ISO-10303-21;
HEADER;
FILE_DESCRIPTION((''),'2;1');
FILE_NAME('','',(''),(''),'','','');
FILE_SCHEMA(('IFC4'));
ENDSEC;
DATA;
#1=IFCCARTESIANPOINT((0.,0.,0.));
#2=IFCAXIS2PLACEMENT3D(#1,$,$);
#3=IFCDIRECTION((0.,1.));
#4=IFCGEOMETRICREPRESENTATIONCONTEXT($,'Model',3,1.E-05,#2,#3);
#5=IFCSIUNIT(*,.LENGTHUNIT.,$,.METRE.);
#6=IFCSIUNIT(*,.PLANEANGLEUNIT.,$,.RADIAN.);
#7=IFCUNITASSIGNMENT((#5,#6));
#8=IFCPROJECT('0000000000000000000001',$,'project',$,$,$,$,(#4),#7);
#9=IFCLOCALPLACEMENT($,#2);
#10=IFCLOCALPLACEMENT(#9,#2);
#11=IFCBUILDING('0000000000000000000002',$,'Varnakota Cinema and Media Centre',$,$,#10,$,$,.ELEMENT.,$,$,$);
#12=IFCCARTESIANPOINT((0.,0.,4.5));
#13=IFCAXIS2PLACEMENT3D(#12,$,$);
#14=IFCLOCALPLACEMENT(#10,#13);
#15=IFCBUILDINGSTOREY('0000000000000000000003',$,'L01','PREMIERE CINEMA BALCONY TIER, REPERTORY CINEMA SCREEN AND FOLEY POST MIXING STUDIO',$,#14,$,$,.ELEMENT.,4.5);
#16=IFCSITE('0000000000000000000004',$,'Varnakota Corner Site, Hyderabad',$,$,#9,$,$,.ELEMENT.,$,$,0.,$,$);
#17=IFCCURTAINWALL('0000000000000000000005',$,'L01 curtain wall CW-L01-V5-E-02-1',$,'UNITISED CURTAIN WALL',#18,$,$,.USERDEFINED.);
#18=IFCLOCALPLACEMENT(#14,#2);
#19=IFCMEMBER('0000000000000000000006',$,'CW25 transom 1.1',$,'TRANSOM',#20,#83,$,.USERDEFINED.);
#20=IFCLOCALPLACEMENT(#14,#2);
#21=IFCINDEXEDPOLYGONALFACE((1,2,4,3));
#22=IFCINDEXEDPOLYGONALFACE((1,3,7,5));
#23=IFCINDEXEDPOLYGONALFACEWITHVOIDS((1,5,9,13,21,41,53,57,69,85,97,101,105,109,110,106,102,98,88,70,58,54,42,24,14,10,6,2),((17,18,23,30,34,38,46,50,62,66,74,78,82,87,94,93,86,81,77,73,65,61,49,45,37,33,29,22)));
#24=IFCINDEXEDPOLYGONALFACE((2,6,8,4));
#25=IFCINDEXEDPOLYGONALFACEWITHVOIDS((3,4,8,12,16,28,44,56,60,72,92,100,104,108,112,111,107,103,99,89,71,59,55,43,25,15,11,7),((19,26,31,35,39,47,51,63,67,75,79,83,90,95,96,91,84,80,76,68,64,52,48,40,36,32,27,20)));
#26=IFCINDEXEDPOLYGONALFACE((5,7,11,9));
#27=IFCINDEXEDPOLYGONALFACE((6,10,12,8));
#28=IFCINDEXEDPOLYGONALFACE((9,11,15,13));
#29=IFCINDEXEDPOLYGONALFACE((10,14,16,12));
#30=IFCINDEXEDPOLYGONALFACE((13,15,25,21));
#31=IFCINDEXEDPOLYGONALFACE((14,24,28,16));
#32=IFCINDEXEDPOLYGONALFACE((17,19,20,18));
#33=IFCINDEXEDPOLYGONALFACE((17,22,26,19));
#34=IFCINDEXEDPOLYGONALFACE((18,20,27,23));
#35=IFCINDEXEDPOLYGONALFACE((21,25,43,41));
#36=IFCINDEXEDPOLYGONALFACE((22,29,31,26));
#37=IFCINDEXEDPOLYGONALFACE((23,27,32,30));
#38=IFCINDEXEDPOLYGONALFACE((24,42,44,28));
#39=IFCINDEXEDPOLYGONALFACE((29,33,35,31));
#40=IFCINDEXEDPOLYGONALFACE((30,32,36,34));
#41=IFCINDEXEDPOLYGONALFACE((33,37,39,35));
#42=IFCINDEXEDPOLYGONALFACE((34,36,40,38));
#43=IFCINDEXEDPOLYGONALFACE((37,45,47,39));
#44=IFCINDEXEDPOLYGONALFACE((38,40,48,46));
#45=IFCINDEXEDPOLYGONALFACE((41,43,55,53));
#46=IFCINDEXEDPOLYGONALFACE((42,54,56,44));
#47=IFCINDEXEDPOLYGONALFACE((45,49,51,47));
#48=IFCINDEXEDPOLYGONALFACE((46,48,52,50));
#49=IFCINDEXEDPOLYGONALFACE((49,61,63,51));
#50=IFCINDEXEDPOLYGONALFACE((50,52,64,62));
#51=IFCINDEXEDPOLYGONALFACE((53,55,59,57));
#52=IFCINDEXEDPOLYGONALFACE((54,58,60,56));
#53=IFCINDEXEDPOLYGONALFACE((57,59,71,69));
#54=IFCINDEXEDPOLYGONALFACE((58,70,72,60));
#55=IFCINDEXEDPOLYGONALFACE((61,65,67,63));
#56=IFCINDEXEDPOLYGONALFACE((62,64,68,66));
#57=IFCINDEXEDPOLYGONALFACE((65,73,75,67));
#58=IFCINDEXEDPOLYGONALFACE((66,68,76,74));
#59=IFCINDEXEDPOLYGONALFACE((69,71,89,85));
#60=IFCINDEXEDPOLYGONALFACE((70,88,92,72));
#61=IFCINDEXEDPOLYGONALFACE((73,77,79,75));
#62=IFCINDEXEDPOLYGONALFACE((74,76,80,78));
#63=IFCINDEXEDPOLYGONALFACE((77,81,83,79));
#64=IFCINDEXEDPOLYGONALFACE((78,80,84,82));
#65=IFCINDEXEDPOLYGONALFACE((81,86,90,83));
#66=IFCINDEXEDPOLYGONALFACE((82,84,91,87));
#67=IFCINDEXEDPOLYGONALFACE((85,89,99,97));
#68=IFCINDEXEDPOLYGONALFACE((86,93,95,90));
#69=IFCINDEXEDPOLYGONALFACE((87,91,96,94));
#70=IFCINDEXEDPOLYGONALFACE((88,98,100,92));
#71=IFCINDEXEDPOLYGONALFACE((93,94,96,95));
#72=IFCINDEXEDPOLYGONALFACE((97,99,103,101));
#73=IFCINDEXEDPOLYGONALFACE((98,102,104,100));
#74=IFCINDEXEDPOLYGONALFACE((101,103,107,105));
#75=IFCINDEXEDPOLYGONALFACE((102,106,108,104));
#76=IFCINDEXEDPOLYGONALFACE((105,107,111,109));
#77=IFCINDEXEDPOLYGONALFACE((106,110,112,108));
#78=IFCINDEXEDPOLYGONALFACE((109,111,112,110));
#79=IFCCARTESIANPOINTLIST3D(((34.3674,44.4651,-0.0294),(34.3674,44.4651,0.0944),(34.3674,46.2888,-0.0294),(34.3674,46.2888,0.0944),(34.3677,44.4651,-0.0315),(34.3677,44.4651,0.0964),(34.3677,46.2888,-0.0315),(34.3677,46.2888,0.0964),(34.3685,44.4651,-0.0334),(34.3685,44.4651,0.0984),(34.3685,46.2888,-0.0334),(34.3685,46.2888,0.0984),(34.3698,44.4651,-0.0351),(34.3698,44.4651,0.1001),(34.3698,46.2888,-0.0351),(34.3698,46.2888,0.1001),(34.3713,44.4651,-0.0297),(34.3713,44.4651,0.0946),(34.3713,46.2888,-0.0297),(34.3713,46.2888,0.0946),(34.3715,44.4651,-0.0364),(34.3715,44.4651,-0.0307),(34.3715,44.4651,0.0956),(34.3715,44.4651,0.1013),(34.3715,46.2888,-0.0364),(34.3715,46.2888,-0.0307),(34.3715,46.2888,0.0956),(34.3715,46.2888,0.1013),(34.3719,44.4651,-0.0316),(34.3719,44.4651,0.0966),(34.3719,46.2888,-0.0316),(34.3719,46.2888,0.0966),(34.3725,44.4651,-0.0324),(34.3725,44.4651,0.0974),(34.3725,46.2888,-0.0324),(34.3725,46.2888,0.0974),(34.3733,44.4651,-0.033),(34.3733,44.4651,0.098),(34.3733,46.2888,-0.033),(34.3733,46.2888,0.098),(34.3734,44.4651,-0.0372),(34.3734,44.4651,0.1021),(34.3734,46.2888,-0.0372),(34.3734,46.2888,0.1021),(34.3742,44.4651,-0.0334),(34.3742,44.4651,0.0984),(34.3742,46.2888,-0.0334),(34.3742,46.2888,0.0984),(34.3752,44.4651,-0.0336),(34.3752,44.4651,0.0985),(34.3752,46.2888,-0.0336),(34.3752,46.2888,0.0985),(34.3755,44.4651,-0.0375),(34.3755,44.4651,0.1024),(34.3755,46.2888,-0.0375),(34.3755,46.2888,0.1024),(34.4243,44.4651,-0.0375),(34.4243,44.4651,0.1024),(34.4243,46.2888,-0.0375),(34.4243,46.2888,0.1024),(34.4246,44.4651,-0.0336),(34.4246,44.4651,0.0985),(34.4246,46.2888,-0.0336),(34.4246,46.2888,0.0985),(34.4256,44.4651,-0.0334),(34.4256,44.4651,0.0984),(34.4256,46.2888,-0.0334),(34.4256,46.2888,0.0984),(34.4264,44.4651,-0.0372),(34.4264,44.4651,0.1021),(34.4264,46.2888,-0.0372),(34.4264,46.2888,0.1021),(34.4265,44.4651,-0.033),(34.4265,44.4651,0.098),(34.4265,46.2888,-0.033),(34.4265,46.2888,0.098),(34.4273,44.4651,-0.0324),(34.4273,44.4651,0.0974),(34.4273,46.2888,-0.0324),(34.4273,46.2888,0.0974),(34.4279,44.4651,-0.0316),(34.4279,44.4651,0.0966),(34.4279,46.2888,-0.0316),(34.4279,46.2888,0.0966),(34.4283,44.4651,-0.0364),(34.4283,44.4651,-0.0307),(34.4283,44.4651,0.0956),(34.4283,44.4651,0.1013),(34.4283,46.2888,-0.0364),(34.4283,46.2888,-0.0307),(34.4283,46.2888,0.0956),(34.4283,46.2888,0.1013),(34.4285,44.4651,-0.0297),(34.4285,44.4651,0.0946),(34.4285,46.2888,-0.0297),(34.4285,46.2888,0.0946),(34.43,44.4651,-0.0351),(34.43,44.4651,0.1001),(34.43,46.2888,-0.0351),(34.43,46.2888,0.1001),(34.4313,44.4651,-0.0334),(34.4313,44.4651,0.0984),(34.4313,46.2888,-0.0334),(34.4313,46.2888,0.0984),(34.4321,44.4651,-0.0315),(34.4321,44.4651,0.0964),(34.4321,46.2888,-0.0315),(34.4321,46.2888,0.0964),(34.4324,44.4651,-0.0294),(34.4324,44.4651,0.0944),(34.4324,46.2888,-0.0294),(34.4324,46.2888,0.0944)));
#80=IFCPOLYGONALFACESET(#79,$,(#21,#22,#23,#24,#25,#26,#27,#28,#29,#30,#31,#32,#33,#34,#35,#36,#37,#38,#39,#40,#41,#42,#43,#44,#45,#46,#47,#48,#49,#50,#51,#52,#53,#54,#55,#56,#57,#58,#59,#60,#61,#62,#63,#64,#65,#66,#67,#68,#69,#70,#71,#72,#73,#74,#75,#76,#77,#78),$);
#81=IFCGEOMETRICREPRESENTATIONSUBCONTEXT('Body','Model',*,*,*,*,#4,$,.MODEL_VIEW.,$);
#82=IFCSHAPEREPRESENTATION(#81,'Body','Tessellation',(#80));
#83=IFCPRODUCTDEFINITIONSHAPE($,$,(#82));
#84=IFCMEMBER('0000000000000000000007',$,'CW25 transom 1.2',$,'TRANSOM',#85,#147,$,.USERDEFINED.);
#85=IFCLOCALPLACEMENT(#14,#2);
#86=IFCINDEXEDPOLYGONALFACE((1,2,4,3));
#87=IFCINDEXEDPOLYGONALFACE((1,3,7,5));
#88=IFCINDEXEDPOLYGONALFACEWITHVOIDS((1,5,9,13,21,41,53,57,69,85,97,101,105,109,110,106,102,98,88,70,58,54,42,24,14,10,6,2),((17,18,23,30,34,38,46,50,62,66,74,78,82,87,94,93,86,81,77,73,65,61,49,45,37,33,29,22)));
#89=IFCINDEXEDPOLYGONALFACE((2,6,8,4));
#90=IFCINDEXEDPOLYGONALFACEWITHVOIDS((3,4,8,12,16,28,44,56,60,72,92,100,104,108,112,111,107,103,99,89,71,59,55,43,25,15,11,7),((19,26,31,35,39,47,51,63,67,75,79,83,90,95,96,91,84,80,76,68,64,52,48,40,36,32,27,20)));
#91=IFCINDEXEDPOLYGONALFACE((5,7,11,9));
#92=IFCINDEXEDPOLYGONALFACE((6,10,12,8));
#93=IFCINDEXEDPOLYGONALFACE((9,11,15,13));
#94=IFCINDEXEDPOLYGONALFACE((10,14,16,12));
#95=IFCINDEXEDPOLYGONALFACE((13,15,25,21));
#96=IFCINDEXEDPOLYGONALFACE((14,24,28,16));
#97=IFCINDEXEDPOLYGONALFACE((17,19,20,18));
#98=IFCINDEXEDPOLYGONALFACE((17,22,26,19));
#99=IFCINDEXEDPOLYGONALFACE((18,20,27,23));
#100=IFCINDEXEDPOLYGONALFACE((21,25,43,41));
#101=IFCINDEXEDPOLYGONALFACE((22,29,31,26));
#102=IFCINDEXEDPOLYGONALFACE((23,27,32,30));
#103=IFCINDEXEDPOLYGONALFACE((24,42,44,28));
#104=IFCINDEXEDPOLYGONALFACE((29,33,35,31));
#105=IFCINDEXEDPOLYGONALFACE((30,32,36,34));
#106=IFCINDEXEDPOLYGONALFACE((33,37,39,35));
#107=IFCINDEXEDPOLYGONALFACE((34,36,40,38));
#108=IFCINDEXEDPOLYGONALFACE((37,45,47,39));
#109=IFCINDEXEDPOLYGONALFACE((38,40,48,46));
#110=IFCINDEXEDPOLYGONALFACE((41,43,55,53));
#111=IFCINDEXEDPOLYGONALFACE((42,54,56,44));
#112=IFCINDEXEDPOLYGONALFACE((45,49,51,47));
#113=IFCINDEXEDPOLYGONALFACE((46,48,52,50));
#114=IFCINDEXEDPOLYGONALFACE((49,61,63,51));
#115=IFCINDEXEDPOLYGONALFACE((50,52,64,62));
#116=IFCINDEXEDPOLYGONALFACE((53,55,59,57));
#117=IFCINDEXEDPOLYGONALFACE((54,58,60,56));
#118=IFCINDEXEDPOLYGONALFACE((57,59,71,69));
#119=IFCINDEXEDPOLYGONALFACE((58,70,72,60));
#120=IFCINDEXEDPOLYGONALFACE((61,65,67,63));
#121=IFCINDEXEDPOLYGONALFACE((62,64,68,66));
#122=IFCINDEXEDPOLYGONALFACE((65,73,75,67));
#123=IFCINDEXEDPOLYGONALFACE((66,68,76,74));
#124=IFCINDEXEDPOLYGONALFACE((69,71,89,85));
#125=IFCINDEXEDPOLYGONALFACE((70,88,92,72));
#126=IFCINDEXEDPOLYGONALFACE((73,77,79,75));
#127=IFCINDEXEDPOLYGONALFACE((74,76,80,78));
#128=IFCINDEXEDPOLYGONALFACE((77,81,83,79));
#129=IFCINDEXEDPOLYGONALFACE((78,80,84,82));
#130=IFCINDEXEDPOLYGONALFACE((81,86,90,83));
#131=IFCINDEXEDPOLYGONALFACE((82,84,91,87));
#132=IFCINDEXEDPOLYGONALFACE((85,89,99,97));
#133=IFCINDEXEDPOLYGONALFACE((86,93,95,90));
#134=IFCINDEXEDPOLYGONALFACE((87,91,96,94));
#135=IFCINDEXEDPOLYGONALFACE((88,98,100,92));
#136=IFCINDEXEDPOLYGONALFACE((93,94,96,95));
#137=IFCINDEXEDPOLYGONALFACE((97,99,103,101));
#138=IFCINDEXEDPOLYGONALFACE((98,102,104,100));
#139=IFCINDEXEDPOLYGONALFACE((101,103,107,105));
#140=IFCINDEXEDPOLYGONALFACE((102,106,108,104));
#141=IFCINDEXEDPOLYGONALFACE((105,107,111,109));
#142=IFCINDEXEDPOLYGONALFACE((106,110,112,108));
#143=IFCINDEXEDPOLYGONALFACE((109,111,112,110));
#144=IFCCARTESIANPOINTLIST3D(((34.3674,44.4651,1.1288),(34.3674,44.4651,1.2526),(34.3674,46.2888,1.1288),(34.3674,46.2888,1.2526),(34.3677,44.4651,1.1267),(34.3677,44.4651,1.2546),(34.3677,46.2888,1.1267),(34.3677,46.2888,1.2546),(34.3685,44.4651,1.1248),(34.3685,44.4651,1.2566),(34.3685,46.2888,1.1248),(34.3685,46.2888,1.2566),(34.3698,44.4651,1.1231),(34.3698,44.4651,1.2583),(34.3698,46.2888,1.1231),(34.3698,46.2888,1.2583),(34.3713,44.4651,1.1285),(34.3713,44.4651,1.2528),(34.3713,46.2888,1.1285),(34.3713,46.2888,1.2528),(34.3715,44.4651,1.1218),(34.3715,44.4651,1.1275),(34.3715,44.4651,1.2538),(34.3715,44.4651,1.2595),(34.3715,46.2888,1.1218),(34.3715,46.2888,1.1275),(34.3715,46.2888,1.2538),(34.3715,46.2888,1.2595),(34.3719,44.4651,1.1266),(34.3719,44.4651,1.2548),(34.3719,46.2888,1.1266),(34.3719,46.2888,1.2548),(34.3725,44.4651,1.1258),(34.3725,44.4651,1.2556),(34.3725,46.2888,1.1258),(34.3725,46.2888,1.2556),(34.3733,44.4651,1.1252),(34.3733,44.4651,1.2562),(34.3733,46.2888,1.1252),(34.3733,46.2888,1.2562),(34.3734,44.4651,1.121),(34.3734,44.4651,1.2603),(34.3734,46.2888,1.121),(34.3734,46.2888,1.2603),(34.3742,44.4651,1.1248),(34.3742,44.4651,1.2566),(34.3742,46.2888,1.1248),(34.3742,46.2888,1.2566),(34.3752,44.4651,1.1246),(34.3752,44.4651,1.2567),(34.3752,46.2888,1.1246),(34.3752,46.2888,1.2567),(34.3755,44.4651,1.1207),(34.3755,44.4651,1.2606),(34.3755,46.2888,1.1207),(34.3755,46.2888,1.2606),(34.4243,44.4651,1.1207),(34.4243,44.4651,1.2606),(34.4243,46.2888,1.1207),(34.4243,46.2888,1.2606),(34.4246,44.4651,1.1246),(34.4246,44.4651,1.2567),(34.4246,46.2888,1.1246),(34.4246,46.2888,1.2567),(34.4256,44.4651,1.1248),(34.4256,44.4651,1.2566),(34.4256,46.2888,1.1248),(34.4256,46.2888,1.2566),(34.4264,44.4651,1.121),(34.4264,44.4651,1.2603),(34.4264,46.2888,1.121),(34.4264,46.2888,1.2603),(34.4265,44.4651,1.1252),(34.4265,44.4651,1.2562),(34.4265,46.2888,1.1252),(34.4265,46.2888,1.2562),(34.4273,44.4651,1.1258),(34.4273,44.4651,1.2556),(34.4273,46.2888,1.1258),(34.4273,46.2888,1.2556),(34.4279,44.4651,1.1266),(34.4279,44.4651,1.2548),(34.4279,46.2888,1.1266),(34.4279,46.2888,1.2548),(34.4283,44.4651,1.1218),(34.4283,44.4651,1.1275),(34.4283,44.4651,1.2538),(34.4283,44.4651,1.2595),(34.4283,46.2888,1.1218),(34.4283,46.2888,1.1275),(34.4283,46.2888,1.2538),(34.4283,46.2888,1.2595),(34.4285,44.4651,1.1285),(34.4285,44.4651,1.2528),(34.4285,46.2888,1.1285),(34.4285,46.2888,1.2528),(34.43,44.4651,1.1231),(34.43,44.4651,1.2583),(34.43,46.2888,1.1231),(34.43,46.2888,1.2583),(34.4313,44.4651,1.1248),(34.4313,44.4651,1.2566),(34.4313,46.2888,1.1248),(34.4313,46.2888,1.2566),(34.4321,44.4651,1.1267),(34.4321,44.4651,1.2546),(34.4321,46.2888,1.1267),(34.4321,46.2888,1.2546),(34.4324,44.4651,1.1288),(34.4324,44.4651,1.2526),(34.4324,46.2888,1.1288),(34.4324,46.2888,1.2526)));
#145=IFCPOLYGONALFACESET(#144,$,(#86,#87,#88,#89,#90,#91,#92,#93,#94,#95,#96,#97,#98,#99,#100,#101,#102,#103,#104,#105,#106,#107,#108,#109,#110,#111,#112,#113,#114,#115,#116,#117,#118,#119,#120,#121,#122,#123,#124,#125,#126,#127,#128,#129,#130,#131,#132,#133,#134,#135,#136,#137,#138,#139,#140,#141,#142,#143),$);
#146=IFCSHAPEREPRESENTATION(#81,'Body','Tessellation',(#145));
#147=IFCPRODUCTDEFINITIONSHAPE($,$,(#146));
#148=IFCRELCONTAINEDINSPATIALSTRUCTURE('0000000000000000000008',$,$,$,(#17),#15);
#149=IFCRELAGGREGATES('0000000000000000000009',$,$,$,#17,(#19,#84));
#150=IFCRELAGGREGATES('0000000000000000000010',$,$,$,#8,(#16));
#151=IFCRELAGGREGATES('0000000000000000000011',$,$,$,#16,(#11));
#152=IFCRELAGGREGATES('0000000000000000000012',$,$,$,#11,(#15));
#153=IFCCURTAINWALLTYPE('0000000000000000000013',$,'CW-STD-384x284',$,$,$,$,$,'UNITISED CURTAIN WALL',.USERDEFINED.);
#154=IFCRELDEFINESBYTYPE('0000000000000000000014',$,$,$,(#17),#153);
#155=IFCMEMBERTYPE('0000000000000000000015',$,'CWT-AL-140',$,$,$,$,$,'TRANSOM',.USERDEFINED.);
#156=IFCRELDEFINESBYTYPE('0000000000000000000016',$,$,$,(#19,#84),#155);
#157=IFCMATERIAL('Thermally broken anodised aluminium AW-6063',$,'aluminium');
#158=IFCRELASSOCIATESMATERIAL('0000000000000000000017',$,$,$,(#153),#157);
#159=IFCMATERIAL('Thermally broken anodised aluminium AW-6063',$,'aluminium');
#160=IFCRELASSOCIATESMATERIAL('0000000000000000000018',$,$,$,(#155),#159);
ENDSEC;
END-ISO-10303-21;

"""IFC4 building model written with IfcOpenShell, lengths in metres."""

from ifc_helpers import new_model, si_unit, direction, frame, origin, origin_2d, place, context, subcontext, project, spatial, hollow_rectangle, extrude, material, material_profile, profile_set, type_object, element, aggregate, save


model = new_model("IFC4")

# Units and contexts
model_context = context("Model", 3, precision=1e-05, world=origin(), true_north=direction((0.0, 1.0)))
body_context = subcontext(model_context, "Body", "Model", "MODEL_VIEW")
ifc_project = project(units=[si_unit("LENGTHUNIT", "METRE"), si_unit("PLANEANGLEUNIT", "RADIAN")], contexts=[model_context])

# Site, building, storey
site_placement = place(None, origin())
site = spatial("IfcSite", under=ifc_project, at=site_placement, Name="Varnakota Corner Site, Hyderabad", CompositionType="ELEMENT", RefElevation=0.0)
building_placement = place(site_placement, origin())
building = spatial("IfcBuilding", under=site, at=building_placement, Name="Varnakota Cinema and Media Centre", CompositionType="ELEMENT")
storey_placement = place(building_placement, frame((0.0, 0.0, 4.5)))
storey = spatial("IfcBuildingStorey", under=building, at=storey_placement, Name="L01", Description="PREMIERE CINEMA BALCONY TIER, REPERTORY CINEMA SCREEN AND FOLEY POST MIXING STUDIO", CompositionType="ELEMENT", Elevation=4.5)

# Curtain wall
ifc_material_1 = material(Name="Thermally broken anodised aluminium AW-6063", Category="aluminium")
curtain_wall_type = type_object("IfcCurtainWallType", Name="CW-STD-384x284", ElementType="UNITISED CURTAIN WALL", PredefinedType="USERDEFINED", material=ifc_material_1)
curtain_wall_1_placement = place(storey_placement, origin())
curtain_wall_1 = element("IfcCurtainWall", 1, at=curtain_wall_1_placement, inside=storey, type_object=curtain_wall_type, Name="L01 curtain wall CW-L01-V5-E-02-1", ObjectType="UNITISED CURTAIN WALL", PredefinedType="USERDEFINED")

# Members
ifc_material_2 = material(Name="Thermally broken anodised aluminium AW-6063", Category="aluminium")
ifc_material_profile_1 = material_profile(ifc_material_2, hollow_rectangle(XDim=0.0649, YDim=0.1399, WallThickness=0.0039, InnerFilletRadius=0.0039, OuterFilletRadius=0.0081, at=origin_2d()), Name="AL-TRANSOM 140x65x4")
ifc_profile_set_1 = profile_set([ifc_material_profile_1], Name="Thermally broken anodised aluminium AW-6063")
member_type_1 = type_object("IfcMemberType", Name="CWT-AL-140", ElementType="TRANSOM", PredefinedType="USERDEFINED", material=ifc_profile_set_1)
member_1_placement = place(storey_placement, frame((34.3999, 44.4651, 0.0325), z_axis=(0.0, 1.0, 0.0), x_axis=(-1.0, 0.0, 0.0)))
member_1 = element("IfcMember", 2, at=member_1_placement, type_object=member_type_1, Name="CW25 transom 1.1", ObjectType="TRANSOM", PredefinedType="USERDEFINED", context=body_context, shape_type="SweptSolid", body=[
    extrude(hollow_rectangle(XDim=0.0649, YDim=0.1399, WallThickness=0.0039, InnerFilletRadius=0.0039, OuterFilletRadius=0.0081, at=origin_2d()), origin(), (0.0, 0.0, 1.0), 1.8237),
])
member_2_placement = place(storey_placement, frame((34.3999, 44.4651, 1.1907), z_axis=(0.0, 1.0, 0.0), x_axis=(-1.0, 0.0, 0.0)))
member_2 = element("IfcMember", 3, at=member_2_placement, type_object=member_type_1, Name="CW25 transom 1.2", ObjectType="TRANSOM", PredefinedType="USERDEFINED", context=body_context, shape_type="SweptSolid", body=[
    extrude(hollow_rectangle(XDim=0.0649, YDim=0.1399, WallThickness=0.0039, InnerFilletRadius=0.0039, OuterFilletRadius=0.0081, at=origin_2d()), origin(), (0.0, 0.0, 1.0), 1.8237),
])

aggregate(curtain_wall_1, [member_1, member_2])

save(model, "model.ifc")
